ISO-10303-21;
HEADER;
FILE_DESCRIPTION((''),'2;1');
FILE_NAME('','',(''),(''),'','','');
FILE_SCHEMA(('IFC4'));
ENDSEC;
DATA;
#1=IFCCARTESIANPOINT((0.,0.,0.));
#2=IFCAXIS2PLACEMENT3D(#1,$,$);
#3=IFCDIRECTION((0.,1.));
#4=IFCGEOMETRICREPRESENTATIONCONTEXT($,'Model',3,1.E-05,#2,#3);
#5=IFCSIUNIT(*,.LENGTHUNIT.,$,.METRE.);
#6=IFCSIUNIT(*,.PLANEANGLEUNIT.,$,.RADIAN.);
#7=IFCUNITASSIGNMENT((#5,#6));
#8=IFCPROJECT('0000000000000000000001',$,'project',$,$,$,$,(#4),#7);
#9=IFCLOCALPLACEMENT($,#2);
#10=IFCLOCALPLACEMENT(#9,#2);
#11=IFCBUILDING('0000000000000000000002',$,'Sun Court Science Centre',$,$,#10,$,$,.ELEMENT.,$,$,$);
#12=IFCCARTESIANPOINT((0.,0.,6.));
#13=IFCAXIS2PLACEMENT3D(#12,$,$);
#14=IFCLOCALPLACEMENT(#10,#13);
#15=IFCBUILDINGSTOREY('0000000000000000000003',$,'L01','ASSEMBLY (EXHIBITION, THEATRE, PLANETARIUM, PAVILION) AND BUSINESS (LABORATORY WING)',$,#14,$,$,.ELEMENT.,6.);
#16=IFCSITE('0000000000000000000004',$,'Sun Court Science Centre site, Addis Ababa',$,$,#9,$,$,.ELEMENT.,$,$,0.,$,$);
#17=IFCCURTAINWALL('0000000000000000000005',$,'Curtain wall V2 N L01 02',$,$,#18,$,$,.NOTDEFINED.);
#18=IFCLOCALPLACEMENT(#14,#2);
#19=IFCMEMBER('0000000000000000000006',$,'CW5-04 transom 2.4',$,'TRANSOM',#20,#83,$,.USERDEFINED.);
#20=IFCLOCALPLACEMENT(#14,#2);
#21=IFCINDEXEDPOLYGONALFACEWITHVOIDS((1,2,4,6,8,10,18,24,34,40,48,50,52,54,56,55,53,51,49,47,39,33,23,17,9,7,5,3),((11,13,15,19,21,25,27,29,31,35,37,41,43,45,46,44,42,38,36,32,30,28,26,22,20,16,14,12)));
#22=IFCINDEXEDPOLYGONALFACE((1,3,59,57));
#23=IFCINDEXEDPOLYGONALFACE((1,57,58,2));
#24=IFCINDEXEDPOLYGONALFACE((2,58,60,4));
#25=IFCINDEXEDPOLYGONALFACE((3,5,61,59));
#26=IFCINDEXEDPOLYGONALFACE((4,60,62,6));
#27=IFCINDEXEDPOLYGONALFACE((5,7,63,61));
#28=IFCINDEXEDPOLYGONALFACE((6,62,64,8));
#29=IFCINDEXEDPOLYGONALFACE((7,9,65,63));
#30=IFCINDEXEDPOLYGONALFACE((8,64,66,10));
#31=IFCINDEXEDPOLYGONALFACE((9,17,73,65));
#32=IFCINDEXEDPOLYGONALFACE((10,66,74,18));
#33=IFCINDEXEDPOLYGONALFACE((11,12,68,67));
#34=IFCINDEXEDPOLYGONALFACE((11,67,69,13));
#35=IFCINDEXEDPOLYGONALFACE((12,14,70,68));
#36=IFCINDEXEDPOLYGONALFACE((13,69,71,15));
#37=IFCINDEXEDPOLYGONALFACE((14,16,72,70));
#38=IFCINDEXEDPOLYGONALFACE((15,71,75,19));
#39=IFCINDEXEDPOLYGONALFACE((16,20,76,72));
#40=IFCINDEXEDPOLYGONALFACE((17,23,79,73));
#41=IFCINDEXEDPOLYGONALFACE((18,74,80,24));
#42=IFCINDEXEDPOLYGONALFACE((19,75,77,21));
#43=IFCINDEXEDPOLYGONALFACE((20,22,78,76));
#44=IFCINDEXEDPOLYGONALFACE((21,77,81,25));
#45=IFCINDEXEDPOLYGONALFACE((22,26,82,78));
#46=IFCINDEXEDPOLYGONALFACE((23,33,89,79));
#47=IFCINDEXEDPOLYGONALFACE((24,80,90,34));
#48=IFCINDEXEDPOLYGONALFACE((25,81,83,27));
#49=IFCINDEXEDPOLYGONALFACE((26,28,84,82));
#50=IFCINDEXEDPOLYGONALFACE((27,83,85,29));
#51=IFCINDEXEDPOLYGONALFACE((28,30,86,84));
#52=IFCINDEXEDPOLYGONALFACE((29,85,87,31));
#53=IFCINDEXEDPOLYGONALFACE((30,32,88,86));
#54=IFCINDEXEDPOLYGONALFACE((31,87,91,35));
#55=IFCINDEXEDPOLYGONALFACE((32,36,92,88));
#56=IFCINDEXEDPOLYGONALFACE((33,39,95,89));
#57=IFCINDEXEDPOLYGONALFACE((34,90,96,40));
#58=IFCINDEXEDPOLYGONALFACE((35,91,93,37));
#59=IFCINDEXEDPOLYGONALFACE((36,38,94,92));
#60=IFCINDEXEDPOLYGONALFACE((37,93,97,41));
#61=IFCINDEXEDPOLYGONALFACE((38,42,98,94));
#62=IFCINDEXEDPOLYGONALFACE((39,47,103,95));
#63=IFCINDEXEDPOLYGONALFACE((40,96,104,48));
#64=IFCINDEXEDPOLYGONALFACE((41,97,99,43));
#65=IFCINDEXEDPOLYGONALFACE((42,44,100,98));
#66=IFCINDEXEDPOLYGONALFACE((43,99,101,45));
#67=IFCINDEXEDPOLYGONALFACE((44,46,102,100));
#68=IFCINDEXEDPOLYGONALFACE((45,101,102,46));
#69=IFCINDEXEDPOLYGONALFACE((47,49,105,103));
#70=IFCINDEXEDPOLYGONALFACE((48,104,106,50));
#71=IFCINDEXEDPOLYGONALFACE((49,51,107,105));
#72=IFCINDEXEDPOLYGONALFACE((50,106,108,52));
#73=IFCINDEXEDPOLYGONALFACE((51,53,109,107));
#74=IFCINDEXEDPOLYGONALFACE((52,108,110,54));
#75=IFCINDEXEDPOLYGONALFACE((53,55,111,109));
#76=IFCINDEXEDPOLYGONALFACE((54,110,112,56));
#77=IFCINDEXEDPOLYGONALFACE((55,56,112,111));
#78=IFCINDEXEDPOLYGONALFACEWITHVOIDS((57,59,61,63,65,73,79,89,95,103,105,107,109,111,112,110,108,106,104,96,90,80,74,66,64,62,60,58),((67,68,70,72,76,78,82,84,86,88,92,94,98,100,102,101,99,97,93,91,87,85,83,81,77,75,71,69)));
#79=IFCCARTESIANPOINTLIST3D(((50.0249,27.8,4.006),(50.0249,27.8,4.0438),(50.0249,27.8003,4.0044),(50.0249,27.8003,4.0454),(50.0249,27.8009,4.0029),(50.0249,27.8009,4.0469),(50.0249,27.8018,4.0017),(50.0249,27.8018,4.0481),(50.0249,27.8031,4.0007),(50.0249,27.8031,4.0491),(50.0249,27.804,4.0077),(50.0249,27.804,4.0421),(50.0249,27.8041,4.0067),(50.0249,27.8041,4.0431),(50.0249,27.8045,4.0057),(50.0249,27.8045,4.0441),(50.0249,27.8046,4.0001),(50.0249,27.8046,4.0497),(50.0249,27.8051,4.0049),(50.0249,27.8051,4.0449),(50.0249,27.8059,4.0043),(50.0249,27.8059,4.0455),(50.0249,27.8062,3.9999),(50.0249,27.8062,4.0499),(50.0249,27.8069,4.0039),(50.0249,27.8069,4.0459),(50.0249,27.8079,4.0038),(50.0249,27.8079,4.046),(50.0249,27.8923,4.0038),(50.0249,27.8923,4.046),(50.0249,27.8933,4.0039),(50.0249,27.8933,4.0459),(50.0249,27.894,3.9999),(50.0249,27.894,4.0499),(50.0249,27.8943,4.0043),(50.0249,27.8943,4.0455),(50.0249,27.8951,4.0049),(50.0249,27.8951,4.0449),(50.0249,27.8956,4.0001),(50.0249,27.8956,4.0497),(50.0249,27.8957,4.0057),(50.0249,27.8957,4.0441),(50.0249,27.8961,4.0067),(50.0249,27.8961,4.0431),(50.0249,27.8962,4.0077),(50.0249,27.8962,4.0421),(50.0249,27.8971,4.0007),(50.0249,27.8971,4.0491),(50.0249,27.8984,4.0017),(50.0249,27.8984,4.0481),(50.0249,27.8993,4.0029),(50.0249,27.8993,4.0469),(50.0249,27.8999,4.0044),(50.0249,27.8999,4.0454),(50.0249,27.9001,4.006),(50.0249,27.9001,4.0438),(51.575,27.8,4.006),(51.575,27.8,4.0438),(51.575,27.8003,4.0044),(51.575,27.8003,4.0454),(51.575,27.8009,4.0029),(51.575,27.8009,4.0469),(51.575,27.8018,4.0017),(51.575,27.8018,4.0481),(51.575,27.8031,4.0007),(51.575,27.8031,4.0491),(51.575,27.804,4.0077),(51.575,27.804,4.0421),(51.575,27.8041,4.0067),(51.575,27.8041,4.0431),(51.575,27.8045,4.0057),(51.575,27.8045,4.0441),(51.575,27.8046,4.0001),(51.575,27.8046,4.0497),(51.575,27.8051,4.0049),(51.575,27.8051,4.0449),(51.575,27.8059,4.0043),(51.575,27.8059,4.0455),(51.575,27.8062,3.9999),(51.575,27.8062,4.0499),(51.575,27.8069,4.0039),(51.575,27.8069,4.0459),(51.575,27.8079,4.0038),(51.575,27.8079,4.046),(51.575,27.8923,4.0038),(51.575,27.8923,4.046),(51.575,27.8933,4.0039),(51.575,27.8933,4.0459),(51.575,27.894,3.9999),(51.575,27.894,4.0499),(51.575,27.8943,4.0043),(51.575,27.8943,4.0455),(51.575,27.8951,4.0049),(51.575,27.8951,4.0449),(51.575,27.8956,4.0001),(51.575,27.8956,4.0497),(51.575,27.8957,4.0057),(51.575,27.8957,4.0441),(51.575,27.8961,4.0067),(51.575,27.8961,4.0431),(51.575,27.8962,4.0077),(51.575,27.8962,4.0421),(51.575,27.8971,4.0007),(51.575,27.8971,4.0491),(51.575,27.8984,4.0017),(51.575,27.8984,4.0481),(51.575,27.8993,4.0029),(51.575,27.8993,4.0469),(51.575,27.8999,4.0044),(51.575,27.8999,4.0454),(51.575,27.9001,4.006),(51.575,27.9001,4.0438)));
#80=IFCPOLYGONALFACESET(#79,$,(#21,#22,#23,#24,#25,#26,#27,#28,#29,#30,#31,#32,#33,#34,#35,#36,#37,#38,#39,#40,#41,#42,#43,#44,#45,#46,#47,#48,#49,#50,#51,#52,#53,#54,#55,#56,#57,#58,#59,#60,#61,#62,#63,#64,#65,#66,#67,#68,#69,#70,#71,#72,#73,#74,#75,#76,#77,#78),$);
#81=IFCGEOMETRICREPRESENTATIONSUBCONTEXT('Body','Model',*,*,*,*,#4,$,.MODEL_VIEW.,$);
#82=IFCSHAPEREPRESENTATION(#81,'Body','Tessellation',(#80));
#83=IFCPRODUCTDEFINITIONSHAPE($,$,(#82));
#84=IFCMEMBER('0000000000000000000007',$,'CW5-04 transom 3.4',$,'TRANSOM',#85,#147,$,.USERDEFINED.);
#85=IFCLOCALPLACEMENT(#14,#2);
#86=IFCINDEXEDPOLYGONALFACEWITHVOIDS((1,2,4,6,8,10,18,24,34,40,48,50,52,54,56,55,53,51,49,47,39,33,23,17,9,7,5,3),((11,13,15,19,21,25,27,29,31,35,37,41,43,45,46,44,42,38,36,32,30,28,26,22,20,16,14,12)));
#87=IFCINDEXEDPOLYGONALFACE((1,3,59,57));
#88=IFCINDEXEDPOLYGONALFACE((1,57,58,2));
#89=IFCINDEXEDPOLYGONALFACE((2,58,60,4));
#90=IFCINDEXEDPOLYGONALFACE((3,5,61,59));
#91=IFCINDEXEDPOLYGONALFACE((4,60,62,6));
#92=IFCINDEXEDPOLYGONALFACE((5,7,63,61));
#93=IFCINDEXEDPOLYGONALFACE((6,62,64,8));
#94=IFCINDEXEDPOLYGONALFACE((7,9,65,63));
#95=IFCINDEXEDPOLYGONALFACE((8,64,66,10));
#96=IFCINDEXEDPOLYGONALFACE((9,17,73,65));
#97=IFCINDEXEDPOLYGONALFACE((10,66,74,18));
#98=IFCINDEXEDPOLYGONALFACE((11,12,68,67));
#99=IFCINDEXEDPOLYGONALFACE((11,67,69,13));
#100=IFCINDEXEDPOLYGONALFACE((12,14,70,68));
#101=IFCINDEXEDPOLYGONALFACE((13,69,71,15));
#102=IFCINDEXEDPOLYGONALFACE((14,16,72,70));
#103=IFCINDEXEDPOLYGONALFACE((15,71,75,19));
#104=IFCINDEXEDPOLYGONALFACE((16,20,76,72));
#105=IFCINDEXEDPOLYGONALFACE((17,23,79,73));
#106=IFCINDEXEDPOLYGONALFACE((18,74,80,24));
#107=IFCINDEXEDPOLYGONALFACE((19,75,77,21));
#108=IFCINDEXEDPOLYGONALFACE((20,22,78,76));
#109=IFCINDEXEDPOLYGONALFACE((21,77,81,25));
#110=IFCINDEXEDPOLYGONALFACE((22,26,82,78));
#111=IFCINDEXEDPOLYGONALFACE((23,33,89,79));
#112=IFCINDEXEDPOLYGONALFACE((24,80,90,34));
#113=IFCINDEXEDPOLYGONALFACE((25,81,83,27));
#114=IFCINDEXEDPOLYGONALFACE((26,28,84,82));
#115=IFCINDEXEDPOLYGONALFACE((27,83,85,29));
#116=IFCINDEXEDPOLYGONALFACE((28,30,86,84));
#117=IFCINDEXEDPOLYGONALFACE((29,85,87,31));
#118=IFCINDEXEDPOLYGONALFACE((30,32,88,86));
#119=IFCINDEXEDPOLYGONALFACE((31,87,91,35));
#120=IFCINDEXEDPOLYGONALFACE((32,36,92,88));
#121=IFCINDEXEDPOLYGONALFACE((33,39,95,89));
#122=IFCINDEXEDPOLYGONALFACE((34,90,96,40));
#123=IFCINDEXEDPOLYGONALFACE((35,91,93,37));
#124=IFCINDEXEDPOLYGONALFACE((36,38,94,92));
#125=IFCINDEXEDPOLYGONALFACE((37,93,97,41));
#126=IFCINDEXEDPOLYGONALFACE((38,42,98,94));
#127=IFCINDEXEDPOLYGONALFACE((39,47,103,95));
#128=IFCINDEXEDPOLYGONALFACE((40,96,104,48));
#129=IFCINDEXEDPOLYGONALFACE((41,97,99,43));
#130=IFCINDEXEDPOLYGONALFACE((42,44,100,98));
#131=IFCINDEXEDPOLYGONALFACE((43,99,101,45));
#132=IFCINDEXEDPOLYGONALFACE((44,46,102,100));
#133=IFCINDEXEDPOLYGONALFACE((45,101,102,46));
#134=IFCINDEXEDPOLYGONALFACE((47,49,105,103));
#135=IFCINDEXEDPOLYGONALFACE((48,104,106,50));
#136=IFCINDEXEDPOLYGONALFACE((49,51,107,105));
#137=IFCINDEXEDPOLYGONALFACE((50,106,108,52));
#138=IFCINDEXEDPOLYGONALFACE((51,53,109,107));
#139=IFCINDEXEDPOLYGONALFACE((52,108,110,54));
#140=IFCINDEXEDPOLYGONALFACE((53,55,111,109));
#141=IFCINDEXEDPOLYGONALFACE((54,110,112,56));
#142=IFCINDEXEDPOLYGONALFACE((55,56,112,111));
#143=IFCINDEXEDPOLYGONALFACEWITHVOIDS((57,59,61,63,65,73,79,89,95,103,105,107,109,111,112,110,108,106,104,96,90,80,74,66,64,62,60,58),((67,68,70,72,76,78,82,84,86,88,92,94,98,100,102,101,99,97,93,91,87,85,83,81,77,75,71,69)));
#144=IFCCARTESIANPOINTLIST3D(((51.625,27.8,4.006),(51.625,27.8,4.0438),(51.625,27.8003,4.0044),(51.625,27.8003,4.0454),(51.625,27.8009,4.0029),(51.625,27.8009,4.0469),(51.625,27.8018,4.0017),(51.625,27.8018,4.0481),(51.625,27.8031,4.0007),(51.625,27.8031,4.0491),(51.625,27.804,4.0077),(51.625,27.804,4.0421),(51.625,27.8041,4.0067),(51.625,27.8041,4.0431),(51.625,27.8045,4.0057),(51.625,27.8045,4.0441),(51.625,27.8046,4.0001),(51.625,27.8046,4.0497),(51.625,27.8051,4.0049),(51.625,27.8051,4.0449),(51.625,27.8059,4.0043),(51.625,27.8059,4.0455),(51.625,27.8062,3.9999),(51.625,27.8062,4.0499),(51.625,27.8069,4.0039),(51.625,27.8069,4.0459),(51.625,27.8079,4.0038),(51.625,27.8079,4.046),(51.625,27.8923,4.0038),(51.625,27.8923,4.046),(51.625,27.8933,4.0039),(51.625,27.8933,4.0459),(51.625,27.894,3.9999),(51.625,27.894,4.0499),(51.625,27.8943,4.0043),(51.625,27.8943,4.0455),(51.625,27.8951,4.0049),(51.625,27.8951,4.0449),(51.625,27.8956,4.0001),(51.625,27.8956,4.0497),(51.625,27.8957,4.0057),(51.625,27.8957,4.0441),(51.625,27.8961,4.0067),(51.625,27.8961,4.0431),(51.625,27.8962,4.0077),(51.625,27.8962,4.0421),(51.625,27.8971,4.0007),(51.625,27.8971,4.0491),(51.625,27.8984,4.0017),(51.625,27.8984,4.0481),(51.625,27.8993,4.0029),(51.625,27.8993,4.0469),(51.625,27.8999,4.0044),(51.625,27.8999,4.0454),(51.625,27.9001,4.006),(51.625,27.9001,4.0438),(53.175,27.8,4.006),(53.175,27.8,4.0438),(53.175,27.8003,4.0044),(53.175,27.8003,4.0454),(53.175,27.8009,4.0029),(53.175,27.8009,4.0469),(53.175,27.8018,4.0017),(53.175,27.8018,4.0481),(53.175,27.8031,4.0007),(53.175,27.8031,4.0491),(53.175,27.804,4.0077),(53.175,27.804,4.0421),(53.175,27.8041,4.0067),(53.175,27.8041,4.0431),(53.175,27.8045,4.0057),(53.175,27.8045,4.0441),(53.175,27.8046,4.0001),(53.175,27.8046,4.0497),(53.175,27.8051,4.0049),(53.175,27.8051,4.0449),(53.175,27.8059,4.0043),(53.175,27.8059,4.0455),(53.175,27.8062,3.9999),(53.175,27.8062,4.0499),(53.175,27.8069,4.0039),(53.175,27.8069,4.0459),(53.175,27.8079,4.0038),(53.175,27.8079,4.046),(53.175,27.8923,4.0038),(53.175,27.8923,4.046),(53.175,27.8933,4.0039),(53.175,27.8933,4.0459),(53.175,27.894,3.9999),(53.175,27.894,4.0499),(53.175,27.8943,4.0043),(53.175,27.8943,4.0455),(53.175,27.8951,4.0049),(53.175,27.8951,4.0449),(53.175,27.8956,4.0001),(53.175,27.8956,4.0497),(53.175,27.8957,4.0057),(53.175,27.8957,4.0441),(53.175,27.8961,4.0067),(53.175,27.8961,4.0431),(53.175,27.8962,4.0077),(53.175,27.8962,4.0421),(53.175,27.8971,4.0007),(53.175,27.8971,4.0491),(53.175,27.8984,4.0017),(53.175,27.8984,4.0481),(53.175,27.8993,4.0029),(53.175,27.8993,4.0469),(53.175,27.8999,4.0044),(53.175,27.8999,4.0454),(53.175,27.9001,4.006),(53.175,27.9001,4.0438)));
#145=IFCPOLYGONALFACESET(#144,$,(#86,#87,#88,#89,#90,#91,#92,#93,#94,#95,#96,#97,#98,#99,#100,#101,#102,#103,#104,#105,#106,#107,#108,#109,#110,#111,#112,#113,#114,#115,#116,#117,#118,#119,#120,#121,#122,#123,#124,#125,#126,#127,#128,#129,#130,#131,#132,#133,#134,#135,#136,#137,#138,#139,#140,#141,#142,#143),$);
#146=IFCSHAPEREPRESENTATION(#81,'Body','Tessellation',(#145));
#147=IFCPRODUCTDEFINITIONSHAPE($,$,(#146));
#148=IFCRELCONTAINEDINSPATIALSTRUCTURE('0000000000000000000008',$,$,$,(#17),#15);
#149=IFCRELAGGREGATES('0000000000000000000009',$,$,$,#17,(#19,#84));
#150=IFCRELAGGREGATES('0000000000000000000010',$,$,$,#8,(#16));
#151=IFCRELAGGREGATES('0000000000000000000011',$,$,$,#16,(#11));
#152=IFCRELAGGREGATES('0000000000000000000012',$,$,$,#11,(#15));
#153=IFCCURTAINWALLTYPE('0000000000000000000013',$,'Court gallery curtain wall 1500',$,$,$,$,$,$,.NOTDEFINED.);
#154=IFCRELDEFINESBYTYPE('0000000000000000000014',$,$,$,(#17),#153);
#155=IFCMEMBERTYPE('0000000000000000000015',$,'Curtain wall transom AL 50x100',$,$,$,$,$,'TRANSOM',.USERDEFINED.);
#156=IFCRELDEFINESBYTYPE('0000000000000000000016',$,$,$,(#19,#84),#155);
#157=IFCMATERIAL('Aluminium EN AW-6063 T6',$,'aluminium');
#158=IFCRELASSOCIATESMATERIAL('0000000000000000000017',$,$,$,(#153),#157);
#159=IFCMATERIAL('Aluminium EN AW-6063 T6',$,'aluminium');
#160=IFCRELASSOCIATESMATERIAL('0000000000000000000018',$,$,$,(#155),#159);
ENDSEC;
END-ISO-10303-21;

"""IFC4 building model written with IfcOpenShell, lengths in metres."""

from ifc_helpers import new_model, si_unit, direction, frame, origin, origin_2d, place, context, subcontext, project, spatial, hollow_rectangle, extrude, material, material_profile, profile_set, type_object, element, aggregate, save


model = new_model("IFC4")

# Units and contexts
model_context = context("Model", 3, precision=1e-05, world=origin(), true_north=direction((0.0, 1.0)))
body_context = subcontext(model_context, "Body", "Model", "MODEL_VIEW")
ifc_project = project(units=[si_unit("LENGTHUNIT", "METRE"), si_unit("PLANEANGLEUNIT", "RADIAN")], contexts=[model_context])

# Site, building, storey
site_placement = place(None, origin())
site = spatial("IfcSite", under=ifc_project, at=site_placement, Name="Sun Court Science Centre site, Addis Ababa", CompositionType="ELEMENT", RefElevation=0.0)
building_placement = place(site_placement, origin())
building = spatial("IfcBuilding", under=site, at=building_placement, Name="Sun Court Science Centre", CompositionType="ELEMENT")
storey_placement = place(building_placement, frame((0.0, 0.0, 6.0)))
storey = spatial("IfcBuildingStorey", under=building, at=storey_placement, Name="L01", Description="ASSEMBLY (EXHIBITION, THEATRE, PLANETARIUM, PAVILION) AND BUSINESS (LABORATORY WING)", CompositionType="ELEMENT", Elevation=6.0)

# Curtain wall, members
ifc_material_1 = material(Name="Aluminium EN AW-6063 T6", Category="aluminium")
curtain_wall_type_1 = type_object("IfcCurtainWallType", Name="Court gallery curtain wall 1500", PredefinedType="NOTDEFINED", material=ifc_material_1)
curtain_wall_1_placement = place(storey_placement, origin())
curtain_wall_1 = element("IfcCurtainWall", 1, at=curtain_wall_1_placement, inside=storey, type_object=curtain_wall_type_1, Name="Curtain wall V2 N L01 02", PredefinedType="NOTDEFINED")
ifc_material_2 = material(Name="Aluminium EN AW-6063 T6", Category="aluminium")
ifc_material_profile_1 = material_profile(ifc_material_2, hollow_rectangle(XDim=0.05, YDim=0.1001, WallThickness=0.0039, InnerFilletRadius=0.0039, OuterFilletRadius=0.0061, at=origin_2d()), Name="AL 50x100x4")
ifc_profile_set_1 = profile_set([ifc_material_profile_1], Name="Aluminium EN AW-6063 T6")
member_type_1 = type_object("IfcMemberType", Name="Curtain wall transom AL 50x100", ElementType="TRANSOM", PredefinedType="USERDEFINED", material=ifc_profile_set_1)
member_1_placement = place(storey_placement, frame((50.0249, 27.8501, 4.0249), z_axis=(1.0, 0.0, 0.0), x_axis=(0.0, 0.0, 1.0)))
member_1 = element("IfcMember", 2, at=member_1_placement, type_object=member_type_1, Name="CW5-04 transom 2.4", ObjectType="TRANSOM", PredefinedType="USERDEFINED", context=body_context, shape_type="SweptSolid", body=[
    extrude(hollow_rectangle(XDim=0.05, YDim=0.1001, WallThickness=0.0039, InnerFilletRadius=0.0039, OuterFilletRadius=0.0061, at=origin_2d()), origin(), (0.0, 0.0, 1.0), 1.55),
])
member_2_placement = place(storey_placement, frame((51.625, 27.8501, 4.0249), z_axis=(1.0, 0.0, 0.0), x_axis=(0.0, 0.0, 1.0)))
member_2 = element("IfcMember", 3, at=member_2_placement, type_object=member_type_1, Name="CW5-04 transom 3.4", ObjectType="TRANSOM", PredefinedType="USERDEFINED", context=body_context, shape_type="SweptSolid", body=[
    extrude(hollow_rectangle(XDim=0.05, YDim=0.1001, WallThickness=0.0039, InnerFilletRadius=0.0039, OuterFilletRadius=0.0061, at=origin_2d()), origin(), (0.0, 0.0, 1.0), 1.55),
])

aggregate(curtain_wall_1, [member_1, member_2])

save(model, "model.ifc")
